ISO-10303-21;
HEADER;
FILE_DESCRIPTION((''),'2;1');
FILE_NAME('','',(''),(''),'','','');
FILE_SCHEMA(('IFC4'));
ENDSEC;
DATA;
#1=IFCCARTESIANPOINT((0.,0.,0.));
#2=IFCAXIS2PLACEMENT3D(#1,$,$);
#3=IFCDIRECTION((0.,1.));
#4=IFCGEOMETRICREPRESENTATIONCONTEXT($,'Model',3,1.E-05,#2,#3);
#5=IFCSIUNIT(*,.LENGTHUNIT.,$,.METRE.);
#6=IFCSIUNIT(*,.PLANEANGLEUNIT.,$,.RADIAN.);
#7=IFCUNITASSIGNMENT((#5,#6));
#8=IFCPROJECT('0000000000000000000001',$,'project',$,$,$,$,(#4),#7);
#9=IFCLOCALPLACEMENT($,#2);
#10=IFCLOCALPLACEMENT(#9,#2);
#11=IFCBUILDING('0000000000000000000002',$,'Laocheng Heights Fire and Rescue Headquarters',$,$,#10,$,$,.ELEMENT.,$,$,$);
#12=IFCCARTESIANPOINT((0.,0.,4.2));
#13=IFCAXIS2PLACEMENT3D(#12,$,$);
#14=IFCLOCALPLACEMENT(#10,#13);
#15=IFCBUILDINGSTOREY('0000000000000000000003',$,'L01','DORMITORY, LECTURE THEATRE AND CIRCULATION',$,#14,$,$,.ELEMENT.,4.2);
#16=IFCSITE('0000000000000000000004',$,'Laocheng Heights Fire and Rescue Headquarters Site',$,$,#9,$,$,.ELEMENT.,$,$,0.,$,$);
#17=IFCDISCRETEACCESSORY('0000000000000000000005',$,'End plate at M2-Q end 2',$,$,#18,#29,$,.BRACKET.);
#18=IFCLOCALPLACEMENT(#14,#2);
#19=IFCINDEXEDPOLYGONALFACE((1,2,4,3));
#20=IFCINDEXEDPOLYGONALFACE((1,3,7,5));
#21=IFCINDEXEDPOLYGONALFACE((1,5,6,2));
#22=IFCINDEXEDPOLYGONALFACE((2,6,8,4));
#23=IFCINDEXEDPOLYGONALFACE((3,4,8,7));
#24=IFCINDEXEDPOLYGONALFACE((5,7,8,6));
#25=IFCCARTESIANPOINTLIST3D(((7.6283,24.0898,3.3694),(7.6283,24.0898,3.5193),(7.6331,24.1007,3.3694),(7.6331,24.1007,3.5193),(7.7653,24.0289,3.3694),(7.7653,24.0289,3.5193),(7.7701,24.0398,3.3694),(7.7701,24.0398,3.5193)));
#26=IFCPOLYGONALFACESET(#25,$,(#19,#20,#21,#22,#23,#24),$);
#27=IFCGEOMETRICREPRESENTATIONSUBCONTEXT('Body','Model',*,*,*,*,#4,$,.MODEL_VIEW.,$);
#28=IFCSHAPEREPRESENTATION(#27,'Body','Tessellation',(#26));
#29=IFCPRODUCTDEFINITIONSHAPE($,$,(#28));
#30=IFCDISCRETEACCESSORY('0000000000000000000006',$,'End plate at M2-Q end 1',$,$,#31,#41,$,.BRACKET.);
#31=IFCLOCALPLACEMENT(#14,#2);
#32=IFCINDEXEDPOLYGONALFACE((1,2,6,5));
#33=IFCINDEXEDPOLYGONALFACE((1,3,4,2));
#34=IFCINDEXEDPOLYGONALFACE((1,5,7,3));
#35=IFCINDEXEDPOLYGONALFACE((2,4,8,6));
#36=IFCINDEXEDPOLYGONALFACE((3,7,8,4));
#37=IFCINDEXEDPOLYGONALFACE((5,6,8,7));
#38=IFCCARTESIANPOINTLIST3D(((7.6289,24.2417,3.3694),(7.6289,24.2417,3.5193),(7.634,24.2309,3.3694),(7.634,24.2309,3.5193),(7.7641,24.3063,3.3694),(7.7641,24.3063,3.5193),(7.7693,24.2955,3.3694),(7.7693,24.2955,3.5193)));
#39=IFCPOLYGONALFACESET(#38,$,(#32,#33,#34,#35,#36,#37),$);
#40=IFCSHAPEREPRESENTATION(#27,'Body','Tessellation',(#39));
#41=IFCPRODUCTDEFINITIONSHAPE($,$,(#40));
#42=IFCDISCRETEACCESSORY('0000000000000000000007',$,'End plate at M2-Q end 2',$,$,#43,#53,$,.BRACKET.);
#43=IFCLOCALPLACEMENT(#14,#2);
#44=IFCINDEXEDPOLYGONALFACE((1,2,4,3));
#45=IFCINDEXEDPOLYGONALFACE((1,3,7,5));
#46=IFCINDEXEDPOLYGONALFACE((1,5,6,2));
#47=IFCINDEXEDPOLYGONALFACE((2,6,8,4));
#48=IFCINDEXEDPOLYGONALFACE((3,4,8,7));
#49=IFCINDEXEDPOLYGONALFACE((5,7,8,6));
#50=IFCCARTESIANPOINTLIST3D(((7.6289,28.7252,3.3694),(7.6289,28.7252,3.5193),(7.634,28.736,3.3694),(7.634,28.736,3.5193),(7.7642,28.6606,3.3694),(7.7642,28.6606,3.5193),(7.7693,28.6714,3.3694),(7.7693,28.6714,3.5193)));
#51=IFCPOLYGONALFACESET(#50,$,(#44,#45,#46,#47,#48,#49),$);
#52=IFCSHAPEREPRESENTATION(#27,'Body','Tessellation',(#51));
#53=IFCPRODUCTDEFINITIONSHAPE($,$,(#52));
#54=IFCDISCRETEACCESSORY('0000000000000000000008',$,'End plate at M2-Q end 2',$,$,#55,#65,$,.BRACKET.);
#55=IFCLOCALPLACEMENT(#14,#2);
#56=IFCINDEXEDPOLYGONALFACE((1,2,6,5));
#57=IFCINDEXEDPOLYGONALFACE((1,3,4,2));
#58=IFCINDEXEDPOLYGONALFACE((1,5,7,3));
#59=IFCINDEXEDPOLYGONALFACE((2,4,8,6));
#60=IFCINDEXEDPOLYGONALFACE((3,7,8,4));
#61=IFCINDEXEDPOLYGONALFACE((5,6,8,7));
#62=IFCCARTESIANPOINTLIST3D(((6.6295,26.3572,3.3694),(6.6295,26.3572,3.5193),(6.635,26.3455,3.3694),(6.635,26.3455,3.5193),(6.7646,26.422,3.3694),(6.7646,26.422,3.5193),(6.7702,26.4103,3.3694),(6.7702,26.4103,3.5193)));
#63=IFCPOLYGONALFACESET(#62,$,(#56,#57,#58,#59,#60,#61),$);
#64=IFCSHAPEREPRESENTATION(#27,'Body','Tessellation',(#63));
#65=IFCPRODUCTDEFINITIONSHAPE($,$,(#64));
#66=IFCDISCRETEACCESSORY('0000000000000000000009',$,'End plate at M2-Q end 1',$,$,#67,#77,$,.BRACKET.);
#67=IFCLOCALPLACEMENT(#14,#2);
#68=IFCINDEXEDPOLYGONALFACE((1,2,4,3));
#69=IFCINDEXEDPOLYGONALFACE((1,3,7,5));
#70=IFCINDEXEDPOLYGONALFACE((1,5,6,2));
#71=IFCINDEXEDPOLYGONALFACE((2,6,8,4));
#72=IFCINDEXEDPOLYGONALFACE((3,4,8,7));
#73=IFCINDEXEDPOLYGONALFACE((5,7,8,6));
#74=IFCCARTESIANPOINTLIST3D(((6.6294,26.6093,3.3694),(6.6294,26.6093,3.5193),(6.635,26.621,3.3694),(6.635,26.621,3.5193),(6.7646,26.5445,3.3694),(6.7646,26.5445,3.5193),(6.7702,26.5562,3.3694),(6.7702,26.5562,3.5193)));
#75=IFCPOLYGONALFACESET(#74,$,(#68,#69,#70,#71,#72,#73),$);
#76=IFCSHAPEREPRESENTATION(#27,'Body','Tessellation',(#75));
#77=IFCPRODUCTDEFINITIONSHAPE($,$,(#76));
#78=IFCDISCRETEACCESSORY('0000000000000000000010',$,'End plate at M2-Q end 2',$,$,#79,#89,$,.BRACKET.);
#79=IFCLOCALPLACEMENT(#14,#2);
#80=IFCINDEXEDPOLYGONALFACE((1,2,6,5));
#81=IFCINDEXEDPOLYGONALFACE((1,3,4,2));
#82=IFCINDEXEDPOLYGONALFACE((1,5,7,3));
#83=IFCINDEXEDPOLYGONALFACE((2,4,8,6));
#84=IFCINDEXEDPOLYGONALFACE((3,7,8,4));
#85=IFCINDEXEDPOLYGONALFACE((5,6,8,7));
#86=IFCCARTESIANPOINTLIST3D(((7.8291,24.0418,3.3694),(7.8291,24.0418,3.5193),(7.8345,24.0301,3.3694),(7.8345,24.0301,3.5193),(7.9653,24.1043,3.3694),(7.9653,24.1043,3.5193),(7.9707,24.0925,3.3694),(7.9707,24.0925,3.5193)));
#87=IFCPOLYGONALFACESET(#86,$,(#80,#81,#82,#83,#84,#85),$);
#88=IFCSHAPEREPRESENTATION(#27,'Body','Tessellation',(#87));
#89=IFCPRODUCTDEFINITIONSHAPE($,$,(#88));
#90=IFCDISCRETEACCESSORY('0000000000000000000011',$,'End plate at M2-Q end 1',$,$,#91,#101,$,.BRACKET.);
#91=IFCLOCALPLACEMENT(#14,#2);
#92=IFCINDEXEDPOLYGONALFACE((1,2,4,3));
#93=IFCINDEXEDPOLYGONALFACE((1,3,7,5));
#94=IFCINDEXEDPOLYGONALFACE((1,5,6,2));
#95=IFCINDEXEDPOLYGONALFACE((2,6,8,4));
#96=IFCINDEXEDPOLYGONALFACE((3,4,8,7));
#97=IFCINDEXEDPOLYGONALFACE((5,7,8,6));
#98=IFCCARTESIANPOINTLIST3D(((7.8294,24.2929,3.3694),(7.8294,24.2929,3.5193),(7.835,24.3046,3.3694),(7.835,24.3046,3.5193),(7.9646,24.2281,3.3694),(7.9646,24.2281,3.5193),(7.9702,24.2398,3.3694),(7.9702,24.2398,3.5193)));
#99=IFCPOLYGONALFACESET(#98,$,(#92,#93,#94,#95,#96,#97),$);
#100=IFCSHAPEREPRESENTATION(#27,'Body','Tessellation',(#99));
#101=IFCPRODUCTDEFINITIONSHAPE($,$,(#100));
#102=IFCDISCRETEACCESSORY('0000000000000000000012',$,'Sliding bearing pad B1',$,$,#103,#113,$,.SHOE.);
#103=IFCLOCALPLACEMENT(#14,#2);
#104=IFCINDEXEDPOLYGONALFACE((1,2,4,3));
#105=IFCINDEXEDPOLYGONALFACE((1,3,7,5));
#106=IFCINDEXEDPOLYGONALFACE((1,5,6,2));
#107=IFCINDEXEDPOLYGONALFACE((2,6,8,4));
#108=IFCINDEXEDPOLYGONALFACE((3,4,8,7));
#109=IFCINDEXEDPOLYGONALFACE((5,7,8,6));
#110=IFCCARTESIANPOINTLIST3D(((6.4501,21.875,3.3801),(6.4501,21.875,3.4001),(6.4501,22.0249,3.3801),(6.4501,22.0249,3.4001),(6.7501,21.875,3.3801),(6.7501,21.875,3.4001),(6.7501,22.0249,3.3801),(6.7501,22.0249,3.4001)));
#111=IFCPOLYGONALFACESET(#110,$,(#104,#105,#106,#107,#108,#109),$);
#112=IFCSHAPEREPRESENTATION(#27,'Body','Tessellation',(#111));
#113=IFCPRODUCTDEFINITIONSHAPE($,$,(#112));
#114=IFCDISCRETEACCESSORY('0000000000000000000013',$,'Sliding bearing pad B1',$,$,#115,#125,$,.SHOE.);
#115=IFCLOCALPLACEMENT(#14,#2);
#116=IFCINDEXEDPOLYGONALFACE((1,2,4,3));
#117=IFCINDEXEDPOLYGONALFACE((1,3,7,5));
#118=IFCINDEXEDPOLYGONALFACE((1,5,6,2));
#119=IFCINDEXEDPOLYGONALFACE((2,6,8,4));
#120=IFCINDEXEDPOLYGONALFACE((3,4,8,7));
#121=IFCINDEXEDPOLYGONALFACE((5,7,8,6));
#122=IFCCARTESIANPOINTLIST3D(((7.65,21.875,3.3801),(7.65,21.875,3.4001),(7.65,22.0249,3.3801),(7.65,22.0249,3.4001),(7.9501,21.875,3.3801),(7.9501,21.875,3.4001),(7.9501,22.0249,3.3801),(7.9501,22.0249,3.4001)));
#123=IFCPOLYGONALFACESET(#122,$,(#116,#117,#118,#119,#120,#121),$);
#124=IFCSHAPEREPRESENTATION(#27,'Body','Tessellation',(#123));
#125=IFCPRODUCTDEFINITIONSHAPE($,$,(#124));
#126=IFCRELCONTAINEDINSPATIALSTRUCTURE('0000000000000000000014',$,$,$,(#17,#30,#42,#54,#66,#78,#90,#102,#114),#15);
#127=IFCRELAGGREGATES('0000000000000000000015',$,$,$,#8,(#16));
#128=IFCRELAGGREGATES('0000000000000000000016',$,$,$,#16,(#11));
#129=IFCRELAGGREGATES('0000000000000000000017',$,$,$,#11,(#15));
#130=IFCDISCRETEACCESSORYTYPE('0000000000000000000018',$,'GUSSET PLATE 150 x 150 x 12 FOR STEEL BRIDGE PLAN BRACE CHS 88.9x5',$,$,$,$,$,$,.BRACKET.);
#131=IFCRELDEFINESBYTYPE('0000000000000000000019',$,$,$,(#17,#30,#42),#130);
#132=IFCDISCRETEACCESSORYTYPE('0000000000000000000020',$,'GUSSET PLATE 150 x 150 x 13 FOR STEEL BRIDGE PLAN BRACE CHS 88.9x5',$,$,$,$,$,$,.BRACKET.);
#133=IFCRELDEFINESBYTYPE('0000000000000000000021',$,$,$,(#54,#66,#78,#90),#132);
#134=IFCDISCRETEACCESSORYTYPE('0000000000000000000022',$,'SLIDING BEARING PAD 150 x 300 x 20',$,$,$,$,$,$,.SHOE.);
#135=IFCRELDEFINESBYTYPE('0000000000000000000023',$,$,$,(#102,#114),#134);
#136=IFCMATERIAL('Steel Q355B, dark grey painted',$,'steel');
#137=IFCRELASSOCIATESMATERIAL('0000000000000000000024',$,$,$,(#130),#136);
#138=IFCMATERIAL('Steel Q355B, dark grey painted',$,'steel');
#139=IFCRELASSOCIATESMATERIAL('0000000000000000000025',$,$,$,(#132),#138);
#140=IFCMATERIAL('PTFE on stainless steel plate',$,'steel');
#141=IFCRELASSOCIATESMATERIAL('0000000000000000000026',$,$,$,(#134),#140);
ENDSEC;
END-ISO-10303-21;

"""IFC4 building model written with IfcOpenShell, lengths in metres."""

from ifc_helpers import new_model, si_unit, direction, frame, origin, origin_2d, place, context, subcontext, project, spatial, rectangle, extrude, material, material_profile, profile_set, type_object, element, save


model = new_model("IFC4")

# Units and contexts
model_context = context("Model", 3, precision=1e-05, world=origin(), true_north=direction((0.0, 1.0)))
body_context = subcontext(model_context, "Body", "Model", "MODEL_VIEW")
ifc_project = project(units=[si_unit("LENGTHUNIT", "METRE"), si_unit("PLANEANGLEUNIT", "RADIAN")], contexts=[model_context])

# Site, building, storey
site_placement = place(None, origin())
site = spatial("IfcSite", under=ifc_project, at=site_placement, Name="Laocheng Heights Fire and Rescue Headquarters Site", CompositionType="ELEMENT", RefElevation=0.0)
building_placement = place(site_placement, origin())
building = spatial("IfcBuilding", under=site, at=building_placement, Name="Laocheng Heights Fire and Rescue Headquarters", CompositionType="ELEMENT")
storey_placement = place(building_placement, frame((0.0, 0.0, 4.2)))
storey = spatial("IfcBuildingStorey", under=building, at=storey_placement, Name="L01", Description="DORMITORY, LECTURE THEATRE AND CIRCULATION", CompositionType="ELEMENT", Elevation=4.2)

# Discrete accessories
ifc_material_1 = material(Name="Steel Q355B, dark grey painted", Category="steel")
ifc_material_profile_1 = material_profile(ifc_material_1, rectangle(XDim=0.1499, YDim=0.1499, at=origin_2d()), Name="GUSSET PLATE 150 x 150 x 12 FOR STEEL BRIDGE PLAN BRACE CHS 88.9x5")
ifc_profile_set_1 = profile_set([ifc_material_profile_1], Name="Steel Q355B, dark grey painted")
discrete_accessory_type_1 = type_object("IfcDiscreteAccessoryType", Name="GUSSET PLATE 150 x 150 x 12 FOR STEEL BRIDGE PLAN BRACE CHS 88.9x5", PredefinedType="BRACKET", material=ifc_profile_set_1)
for number, where, z_axis, x_axis, name in (
    (1, (7.6968, 24.0593, 3.4443), (0.406138, 0.913812, 0.0), (-0.913812, 0.406138, 0.0), "End plate at M2-Q end 2"),
    (2, (7.7017, 24.2632, 3.4443), (-0.43073, 0.902481, 0.0), (-0.902481, -0.43073, 0.0), "End plate at M2-Q end 1"),
    (3, (7.6965, 28.6929, 3.4443), (0.43073, 0.902481, 0.0), (-0.902481, 0.43073, 0.0), "End plate at M2-Q end 2"),
):
    element("IfcDiscreteAccessory", number, at=place(storey_placement, frame(where, z_axis=z_axis, x_axis=x_axis)), inside=storey, type_object=discrete_accessory_type_1, Name=name, PredefinedType="BRACKET", context=body_context, shape_type="SweptSolid", body=[
        extrude(rectangle(XDim=0.1499, YDim=0.1499, at=origin_2d()), origin(), (0.0, 0.0, 1.0), 0.012),
    ])
ifc_material_2 = material(Name="Steel Q355B, dark grey painted", Category="steel")
ifc_material_profile_2 = material_profile(ifc_material_2, rectangle(XDim=0.1499, YDim=0.1499, at=origin_2d()), Name="GUSSET PLATE 150 x 150 x 13 FOR STEEL BRIDGE PLAN BRACE CHS 88.9x5")
ifc_profile_set_2 = profile_set([ifc_material_profile_2], Name="Steel Q355B, dark grey painted")
discrete_accessory_type_2 = type_object("IfcDiscreteAccessoryType", Name="GUSSET PLATE 150 x 150 x 13 FOR STEEL BRIDGE PLAN BRACE CHS 88.9x5", PredefinedType="BRACKET", material=ifc_profile_set_2)
for number, where, z_axis, x_axis, name in (
    (4, (6.7026, 26.3779, 3.4443), (-0.43212, 0.901816, 0.0), (-0.901816, -0.43212, 0.0), "End plate at M2-Q end 2"),
    (5, (6.697, 26.5769, 3.4443), (0.43212, 0.901816, 0.0), (-0.901816, 0.43212, 0.0), "End plate at M2-Q end 1"),
    (6, (7.9026, 24.0613, 3.4443), (-0.416655, 0.909065, 0.0), (-0.909065, -0.416655, 0.0), "End plate at M2-Q end 2"),
    (7, (7.897, 24.2605, 3.4443), (0.43212, 0.901816, 0.0), (-0.901816, 0.43212, 0.0), "End plate at M2-Q end 1"),
):
    element("IfcDiscreteAccessory", number, at=place(storey_placement, frame(where, z_axis=z_axis, x_axis=x_axis)), inside=storey, type_object=discrete_accessory_type_2, Name=name, PredefinedType="BRACKET", context=body_context, shape_type="SweptSolid", body=[
        extrude(rectangle(XDim=0.1499, YDim=0.1499, at=origin_2d()), origin(), (0.0, 0.0, 1.0), 0.0129),
    ])
ifc_material_3 = material(Name="PTFE on stainless steel plate", Category="steel")
discrete_accessory_type_3 = type_object("IfcDiscreteAccessoryType", Name="SLIDING BEARING PAD 150 x 300 x 20", PredefinedType="SHOE", material=ifc_material_3)
for number, where, z_axis, x_axis, name in (
    (8, (6.6001, 21.95, 3.3801), (0.0, 0.0, 1.0), (1.0, 0.0, 0.0), "Sliding bearing pad B1"),
    (9, (7.8, 21.95, 3.3801), (0.0, 0.0, 1.0), (1.0, 0.0, 0.0), "Sliding bearing pad B1"),
):
    element("IfcDiscreteAccessory", number, at=place(storey_placement, frame(where, z_axis=z_axis, x_axis=x_axis)), inside=storey, type_object=discrete_accessory_type_3, Name=name, PredefinedType="SHOE", context=body_context, shape_type="SweptSolid", body=[
        extrude(rectangle(XDim=0.3, YDim=0.1499, at=origin_2d()), origin(), (0.0, 0.0, 1.0), 0.02),
    ])

save(model, "model.ifc")
